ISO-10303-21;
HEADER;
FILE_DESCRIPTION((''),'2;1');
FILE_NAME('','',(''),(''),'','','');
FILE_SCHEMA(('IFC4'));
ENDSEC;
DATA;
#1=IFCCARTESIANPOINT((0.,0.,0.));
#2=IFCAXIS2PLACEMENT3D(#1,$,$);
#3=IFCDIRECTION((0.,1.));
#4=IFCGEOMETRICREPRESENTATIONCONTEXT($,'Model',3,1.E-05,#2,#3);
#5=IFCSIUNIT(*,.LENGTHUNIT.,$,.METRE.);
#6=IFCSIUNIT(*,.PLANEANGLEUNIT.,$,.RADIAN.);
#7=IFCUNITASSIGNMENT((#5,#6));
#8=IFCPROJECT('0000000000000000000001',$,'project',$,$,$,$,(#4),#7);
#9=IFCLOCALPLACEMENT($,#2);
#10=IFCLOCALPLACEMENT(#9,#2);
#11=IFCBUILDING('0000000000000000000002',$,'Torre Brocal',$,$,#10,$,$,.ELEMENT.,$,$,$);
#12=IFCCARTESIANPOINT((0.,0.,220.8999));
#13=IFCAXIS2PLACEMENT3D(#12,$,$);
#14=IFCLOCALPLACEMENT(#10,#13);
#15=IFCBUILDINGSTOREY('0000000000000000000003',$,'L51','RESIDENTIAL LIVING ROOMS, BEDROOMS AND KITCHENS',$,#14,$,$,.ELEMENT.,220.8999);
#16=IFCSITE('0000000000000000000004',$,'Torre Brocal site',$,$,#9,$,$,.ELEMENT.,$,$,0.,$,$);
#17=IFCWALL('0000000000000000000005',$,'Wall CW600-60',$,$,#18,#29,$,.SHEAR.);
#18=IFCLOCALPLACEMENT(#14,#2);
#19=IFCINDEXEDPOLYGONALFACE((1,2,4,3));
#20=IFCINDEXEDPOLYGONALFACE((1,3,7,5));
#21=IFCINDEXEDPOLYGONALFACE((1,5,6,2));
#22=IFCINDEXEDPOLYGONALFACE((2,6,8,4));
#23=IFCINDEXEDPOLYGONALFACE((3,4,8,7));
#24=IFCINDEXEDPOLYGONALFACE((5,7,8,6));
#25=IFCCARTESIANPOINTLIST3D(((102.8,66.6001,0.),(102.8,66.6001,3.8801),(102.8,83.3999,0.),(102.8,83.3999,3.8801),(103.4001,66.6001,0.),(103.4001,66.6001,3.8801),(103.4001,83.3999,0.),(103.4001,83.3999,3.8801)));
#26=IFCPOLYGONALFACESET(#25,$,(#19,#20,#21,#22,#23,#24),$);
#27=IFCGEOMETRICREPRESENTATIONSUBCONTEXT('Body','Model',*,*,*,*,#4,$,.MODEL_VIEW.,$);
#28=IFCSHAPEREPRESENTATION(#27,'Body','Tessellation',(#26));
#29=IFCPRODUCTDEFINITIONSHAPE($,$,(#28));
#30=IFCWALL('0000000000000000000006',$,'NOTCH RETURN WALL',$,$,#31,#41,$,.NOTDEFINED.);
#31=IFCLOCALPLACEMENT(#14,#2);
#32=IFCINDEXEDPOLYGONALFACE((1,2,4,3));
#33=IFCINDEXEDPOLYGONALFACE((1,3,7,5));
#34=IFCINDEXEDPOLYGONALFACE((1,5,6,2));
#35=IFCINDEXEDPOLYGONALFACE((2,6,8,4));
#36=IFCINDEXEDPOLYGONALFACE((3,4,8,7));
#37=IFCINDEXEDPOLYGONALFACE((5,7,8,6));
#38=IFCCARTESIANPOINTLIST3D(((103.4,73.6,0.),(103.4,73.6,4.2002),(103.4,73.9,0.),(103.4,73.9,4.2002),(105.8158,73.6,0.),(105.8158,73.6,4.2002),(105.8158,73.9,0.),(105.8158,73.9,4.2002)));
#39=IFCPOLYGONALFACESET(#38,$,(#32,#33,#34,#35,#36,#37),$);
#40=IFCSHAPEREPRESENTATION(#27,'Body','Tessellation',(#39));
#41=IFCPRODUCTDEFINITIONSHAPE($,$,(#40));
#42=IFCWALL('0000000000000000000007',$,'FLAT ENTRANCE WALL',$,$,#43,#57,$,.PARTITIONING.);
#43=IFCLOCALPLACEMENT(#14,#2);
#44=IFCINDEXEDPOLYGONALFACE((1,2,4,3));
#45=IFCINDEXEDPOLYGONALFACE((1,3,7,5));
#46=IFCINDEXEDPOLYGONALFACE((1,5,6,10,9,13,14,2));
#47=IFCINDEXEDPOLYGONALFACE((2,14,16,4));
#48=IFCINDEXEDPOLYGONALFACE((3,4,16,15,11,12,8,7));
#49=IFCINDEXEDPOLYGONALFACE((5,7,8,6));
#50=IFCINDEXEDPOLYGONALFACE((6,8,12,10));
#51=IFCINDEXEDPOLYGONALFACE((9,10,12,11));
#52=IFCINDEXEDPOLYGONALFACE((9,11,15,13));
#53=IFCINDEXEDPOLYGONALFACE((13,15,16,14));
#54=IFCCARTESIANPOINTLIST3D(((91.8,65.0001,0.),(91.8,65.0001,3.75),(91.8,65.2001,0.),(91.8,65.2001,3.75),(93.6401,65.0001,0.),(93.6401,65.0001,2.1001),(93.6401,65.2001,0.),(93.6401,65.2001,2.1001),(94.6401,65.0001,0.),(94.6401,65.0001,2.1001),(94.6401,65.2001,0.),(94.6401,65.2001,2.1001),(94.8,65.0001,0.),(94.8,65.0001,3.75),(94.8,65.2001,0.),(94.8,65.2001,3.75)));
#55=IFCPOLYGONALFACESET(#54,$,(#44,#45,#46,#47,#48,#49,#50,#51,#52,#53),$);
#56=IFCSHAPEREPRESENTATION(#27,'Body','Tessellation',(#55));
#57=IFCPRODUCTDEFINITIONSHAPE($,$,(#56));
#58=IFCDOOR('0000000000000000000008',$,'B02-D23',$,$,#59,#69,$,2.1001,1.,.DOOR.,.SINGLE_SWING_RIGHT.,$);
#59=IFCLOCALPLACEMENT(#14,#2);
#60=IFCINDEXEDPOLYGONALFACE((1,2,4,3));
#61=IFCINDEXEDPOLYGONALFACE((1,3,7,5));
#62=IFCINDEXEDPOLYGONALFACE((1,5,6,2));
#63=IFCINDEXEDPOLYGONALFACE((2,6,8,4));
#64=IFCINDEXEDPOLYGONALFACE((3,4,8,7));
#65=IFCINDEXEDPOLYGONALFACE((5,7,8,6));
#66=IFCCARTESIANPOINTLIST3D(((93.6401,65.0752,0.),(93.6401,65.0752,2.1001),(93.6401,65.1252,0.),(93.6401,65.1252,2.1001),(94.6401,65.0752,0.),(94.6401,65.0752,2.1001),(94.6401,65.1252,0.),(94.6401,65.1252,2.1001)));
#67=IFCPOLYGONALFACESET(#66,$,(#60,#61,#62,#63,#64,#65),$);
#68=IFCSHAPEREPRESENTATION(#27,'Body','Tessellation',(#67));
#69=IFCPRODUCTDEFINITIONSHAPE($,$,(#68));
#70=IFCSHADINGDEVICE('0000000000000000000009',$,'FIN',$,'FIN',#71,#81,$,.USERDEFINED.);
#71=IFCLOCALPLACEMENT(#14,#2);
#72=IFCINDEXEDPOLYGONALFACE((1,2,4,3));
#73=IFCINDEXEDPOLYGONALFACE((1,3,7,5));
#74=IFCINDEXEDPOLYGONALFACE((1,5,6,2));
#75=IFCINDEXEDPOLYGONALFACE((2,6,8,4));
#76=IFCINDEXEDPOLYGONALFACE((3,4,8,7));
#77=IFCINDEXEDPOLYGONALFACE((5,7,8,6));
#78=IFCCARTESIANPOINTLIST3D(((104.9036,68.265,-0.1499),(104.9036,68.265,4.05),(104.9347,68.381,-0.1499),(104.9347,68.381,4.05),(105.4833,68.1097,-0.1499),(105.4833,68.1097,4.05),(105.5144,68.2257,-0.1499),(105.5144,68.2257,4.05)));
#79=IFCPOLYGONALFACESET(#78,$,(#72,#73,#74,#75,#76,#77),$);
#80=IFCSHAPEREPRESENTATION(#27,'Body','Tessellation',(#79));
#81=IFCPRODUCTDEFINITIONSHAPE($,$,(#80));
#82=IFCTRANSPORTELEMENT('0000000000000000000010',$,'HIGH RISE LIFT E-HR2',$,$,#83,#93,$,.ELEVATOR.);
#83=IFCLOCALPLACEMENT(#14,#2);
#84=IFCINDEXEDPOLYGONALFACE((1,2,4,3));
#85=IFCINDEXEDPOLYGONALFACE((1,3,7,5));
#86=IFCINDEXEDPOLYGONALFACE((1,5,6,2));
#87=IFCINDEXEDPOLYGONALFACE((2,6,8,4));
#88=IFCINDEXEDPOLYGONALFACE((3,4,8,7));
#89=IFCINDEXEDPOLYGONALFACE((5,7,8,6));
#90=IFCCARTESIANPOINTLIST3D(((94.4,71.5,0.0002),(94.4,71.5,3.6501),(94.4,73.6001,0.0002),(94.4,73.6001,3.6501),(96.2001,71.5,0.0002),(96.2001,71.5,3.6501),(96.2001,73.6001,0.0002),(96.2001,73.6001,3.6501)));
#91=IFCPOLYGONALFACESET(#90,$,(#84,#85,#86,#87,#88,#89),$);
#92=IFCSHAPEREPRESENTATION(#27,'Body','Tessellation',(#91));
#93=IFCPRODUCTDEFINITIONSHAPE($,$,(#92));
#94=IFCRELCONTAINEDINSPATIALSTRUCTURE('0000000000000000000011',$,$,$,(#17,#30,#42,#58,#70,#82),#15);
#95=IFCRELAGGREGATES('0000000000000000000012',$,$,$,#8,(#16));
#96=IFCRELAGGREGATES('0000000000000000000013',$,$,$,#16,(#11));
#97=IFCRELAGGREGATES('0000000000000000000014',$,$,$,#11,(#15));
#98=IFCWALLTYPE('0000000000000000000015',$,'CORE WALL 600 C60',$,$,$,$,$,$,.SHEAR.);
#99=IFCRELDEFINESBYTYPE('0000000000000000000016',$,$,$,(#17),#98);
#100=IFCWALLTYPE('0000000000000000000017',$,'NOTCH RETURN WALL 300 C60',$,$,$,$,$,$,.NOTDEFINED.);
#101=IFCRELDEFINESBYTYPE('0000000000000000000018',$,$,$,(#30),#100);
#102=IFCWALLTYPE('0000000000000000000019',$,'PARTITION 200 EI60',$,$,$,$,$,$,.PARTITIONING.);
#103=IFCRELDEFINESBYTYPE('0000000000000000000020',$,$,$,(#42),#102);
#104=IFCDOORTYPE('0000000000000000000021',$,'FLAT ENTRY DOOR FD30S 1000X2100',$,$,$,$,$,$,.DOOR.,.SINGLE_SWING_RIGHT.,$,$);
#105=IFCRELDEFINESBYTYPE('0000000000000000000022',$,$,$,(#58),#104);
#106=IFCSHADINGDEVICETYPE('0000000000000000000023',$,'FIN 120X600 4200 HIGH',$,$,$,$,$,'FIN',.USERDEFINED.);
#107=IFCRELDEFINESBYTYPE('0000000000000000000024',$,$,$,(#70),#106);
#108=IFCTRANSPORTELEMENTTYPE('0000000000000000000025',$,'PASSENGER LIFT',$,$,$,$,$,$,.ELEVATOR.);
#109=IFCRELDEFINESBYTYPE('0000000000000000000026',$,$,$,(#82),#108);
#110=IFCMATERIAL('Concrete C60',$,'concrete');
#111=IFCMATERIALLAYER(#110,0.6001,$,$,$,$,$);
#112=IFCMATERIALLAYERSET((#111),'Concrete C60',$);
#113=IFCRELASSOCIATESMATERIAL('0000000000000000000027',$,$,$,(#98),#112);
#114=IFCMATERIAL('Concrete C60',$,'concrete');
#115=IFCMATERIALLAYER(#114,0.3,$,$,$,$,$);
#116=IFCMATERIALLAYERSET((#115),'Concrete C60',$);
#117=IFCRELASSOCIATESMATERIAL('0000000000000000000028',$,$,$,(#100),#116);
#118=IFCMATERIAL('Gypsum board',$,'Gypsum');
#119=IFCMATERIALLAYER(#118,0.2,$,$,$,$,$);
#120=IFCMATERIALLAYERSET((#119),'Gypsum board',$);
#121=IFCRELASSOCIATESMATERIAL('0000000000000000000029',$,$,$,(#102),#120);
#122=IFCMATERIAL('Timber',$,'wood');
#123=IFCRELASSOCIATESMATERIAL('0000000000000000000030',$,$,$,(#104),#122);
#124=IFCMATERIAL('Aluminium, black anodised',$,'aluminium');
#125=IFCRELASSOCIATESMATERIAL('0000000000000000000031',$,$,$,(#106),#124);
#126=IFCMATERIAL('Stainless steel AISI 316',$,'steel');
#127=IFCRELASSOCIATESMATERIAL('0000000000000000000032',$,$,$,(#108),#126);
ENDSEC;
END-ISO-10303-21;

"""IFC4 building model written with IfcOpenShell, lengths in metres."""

from ifc_helpers import new_model, si_unit, direction, frame, frame_2d, origin, origin_2d, place, context, subcontext, project, spatial, rectangle, extrude, material, layer, layer_set, material_profile, profile_set, type_object, element, fill, save


model = new_model("IFC4")

# Units and contexts
model_context = context("Model", 3, precision=1e-05, world=origin(), true_north=direction((0.0, 1.0)))
body_context = subcontext(model_context, "Body", "Model", "MODEL_VIEW")
ifc_project = project(units=[si_unit("LENGTHUNIT", "METRE"), si_unit("PLANEANGLEUNIT", "RADIAN")], contexts=[model_context])

# Site, building, storey
site_placement = place(None, origin())
site = spatial("IfcSite", under=ifc_project, at=site_placement, Name="Torre Brocal site", CompositionType="ELEMENT", RefElevation=0.0)
building_placement = place(site_placement, origin())
building = spatial("IfcBuilding", under=site, at=building_placement, Name="Torre Brocal", CompositionType="ELEMENT")
storey_placement = place(building_placement, frame((0.0, 0.0, 220.8999)))
storey = spatial("IfcBuildingStorey", under=building, at=storey_placement, Name="L51", Description="RESIDENTIAL LIVING ROOMS, BEDROOMS AND KITCHENS", CompositionType="ELEMENT", Elevation=220.8999)

# Walls
ifc_material_1 = material(Name="Concrete C60", Category="concrete")
ifc_layer_1 = layer(ifc_material_1, 0.6001)
ifc_layer_set_1 = layer_set([ifc_layer_1], Name="Concrete C60")
wall_type_1 = type_object("IfcWallType", Name="CORE WALL 600 C60", PredefinedType="SHEAR", material=ifc_layer_set_1)
wall_1_placement = place(storey_placement, frame((103.1001, 66.6001, 0.0), z_axis=(0.0, 0.0, 1.0), x_axis=(0.0, 1.0, 0.0)))
element("IfcWall", 1, at=wall_1_placement, inside=storey, type_object=wall_type_1, Name="Wall CW600-60", PredefinedType="SHEAR", context=body_context, shape_type="SweptSolid", body=[
    extrude(rectangle(XDim=16.7998, YDim=0.6001, at=frame_2d((8.3999, 0.0))), origin(), (0.0, 0.0, 1.0), 3.8801),
])
ifc_material_2 = material(Name="Concrete C60", Category="concrete")
ifc_layer_2 = layer(ifc_material_2, 0.3)
ifc_layer_set_2 = layer_set([ifc_layer_2], Name="Concrete C60")
wall_type_2 = type_object("IfcWallType", Name="NOTCH RETURN WALL 300 C60", PredefinedType="NOTDEFINED", material=ifc_layer_set_2)
wall_2_placement = place(storey_placement, frame((103.3999, 73.75, 0.0), z_axis=(0.0, 0.0, 1.0), x_axis=(1.0, 0.0, 0.0)))
element("IfcWall", 2, at=wall_2_placement, inside=storey, type_object=wall_type_2, Name="NOTCH RETURN WALL", PredefinedType="NOTDEFINED", context=body_context, shape_type="SweptSolid", body=[
    extrude(rectangle(XDim=2.4158, YDim=0.3, at=frame_2d((1.208, 0.0))), origin(), (0.0, 0.0, 1.0), 4.2002),
])

# Wall, opening, door
ifc_material_3 = material(Name="Gypsum board", Category="Gypsum")
ifc_layer_3 = layer(ifc_material_3, 0.2)
ifc_layer_set_3 = layer_set([ifc_layer_3], Name="Gypsum board")
wall_type_3 = type_object("IfcWallType", Name="PARTITION 200 EI60", PredefinedType="PARTITIONING", material=ifc_layer_set_3)
wall_3_placement = place(storey_placement, frame((91.8, 65.1001, 0.0), z_axis=(0.0, 0.0, 1.0), x_axis=(1.0, 0.0, 0.0)))
wall_3 = element("IfcWall", 3, at=wall_3_placement, inside=storey, type_object=wall_type_3, Name="FLAT ENTRANCE WALL", PredefinedType="PARTITIONING", context=body_context, shape_type="SweptSolid", body=[
    extrude(rectangle(XDim=3.0, YDim=0.2, at=frame_2d((1.5, 0.0))), origin(), (0.0, 0.0, 1.0), 3.75),
])
opening_1_placement = place(wall_3_placement, frame((1.8401, 0.0, 0.0)))
opening_1 = element("IfcOpeningElement", 4, at=opening_1_placement, cuts=wall_3, PredefinedType="OPENING", context=body_context, shape_type="SweptSolid", body=[
    extrude(rectangle(XDim=1.0, YDim=2.1001, at=frame_2d((0.5, 1.05))), frame((0.0, 0.1099, 0.0), z_axis=(0.0, -1.0, 0.0), x_axis=(1.0, 0.0, 0.0)), (0.0, 0.0, 1.0), 0.22),
])
ifc_material_4 = material(Name="Timber", Category="wood")
door_type_1 = type_object("IfcDoorType", Name="FLAT ENTRY DOOR FD30S 1000X2100", OperationType="SINGLE_SWING_RIGHT", PredefinedType="DOOR", material=ifc_material_4)
door_1_placement = place(opening_1_placement, frame((1.0, 0.0, 0.0), z_axis=(0.0, 0.0, 1.0), x_axis=(-1.0, 0.0, 0.0)))
door_1 = element("IfcDoor", 5, at=door_1_placement, inside=storey, type_object=door_type_1, Name="B02-D23", OperationType="SINGLE_SWING_RIGHT", OverallHeight=2.1001, OverallWidth=1.0, PredefinedType="DOOR", context=body_context, shape_type="SweptSolid", body=[
    extrude(rectangle(XDim=1.0, YDim=2.1001, at=frame_2d((0.5, 1.05))), frame((0.0, 0.0249, 0.0), z_axis=(0.0, -1.0, 0.0), x_axis=(1.0, 0.0, 0.0)), (0.0, 0.0, 1.0), 0.05),
])
fill(opening_1, door_1)

# Shading device
ifc_material_5 = material(Name="Aluminium, black anodised", Category="aluminium")
ifc_material_profile_1 = material_profile(ifc_material_5, rectangle(XDim=0.1201, YDim=0.6001, at=origin_2d()), Name="FIN 120X600 4200 HIGH")
ifc_profile_set_1 = profile_set([ifc_material_profile_1], Name="Aluminium, black anodised")
shading_device_type = type_object("IfcShadingDeviceType", Name="FIN 120X600 4200 HIGH", ElementType="FIN", PredefinedType="USERDEFINED", material=ifc_profile_set_1)
shading_device_placement = place(storey_placement, frame((105.209, 68.2454, -0.1499), z_axis=(0.0, 0.0, 1.0), x_axis=(0.258819, 0.965926, 0.0)))
element("IfcShadingDevice", 6, at=shading_device_placement, inside=storey, type_object=shading_device_type, Name="FIN", ObjectType="FIN", PredefinedType="USERDEFINED", context=body_context, shape_type="SweptSolid", body=[
    extrude(rectangle(XDim=0.1201, YDim=0.6001, at=origin_2d()), origin(), (0.0, 0.0, 1.0), 4.2),
])

# Transport element
ifc_material_6 = material(Name="Stainless steel AISI 316", Category="steel")
transport_element_type = type_object("IfcTransportElementType", Name="PASSENGER LIFT", PredefinedType="ELEVATOR", material=ifc_material_6)
transport_element_placement = place(storey_placement, frame((95.3, 72.55, 0.0002), z_axis=(0.0, 0.0, 1.0), x_axis=(1.0, 0.0, 0.0)))
element("IfcTransportElement", 7, at=transport_element_placement, inside=storey, type_object=transport_element_type, Name="HIGH RISE LIFT E-HR2", PredefinedType="ELEVATOR", context=body_context, shape_type="SweptSolid", body=[
    extrude(rectangle(XDim=1.8, YDim=2.1001, at=origin_2d()), origin(), (0.0, 0.0, 1.0), 3.6499),
])

save(model, "model.ifc")
